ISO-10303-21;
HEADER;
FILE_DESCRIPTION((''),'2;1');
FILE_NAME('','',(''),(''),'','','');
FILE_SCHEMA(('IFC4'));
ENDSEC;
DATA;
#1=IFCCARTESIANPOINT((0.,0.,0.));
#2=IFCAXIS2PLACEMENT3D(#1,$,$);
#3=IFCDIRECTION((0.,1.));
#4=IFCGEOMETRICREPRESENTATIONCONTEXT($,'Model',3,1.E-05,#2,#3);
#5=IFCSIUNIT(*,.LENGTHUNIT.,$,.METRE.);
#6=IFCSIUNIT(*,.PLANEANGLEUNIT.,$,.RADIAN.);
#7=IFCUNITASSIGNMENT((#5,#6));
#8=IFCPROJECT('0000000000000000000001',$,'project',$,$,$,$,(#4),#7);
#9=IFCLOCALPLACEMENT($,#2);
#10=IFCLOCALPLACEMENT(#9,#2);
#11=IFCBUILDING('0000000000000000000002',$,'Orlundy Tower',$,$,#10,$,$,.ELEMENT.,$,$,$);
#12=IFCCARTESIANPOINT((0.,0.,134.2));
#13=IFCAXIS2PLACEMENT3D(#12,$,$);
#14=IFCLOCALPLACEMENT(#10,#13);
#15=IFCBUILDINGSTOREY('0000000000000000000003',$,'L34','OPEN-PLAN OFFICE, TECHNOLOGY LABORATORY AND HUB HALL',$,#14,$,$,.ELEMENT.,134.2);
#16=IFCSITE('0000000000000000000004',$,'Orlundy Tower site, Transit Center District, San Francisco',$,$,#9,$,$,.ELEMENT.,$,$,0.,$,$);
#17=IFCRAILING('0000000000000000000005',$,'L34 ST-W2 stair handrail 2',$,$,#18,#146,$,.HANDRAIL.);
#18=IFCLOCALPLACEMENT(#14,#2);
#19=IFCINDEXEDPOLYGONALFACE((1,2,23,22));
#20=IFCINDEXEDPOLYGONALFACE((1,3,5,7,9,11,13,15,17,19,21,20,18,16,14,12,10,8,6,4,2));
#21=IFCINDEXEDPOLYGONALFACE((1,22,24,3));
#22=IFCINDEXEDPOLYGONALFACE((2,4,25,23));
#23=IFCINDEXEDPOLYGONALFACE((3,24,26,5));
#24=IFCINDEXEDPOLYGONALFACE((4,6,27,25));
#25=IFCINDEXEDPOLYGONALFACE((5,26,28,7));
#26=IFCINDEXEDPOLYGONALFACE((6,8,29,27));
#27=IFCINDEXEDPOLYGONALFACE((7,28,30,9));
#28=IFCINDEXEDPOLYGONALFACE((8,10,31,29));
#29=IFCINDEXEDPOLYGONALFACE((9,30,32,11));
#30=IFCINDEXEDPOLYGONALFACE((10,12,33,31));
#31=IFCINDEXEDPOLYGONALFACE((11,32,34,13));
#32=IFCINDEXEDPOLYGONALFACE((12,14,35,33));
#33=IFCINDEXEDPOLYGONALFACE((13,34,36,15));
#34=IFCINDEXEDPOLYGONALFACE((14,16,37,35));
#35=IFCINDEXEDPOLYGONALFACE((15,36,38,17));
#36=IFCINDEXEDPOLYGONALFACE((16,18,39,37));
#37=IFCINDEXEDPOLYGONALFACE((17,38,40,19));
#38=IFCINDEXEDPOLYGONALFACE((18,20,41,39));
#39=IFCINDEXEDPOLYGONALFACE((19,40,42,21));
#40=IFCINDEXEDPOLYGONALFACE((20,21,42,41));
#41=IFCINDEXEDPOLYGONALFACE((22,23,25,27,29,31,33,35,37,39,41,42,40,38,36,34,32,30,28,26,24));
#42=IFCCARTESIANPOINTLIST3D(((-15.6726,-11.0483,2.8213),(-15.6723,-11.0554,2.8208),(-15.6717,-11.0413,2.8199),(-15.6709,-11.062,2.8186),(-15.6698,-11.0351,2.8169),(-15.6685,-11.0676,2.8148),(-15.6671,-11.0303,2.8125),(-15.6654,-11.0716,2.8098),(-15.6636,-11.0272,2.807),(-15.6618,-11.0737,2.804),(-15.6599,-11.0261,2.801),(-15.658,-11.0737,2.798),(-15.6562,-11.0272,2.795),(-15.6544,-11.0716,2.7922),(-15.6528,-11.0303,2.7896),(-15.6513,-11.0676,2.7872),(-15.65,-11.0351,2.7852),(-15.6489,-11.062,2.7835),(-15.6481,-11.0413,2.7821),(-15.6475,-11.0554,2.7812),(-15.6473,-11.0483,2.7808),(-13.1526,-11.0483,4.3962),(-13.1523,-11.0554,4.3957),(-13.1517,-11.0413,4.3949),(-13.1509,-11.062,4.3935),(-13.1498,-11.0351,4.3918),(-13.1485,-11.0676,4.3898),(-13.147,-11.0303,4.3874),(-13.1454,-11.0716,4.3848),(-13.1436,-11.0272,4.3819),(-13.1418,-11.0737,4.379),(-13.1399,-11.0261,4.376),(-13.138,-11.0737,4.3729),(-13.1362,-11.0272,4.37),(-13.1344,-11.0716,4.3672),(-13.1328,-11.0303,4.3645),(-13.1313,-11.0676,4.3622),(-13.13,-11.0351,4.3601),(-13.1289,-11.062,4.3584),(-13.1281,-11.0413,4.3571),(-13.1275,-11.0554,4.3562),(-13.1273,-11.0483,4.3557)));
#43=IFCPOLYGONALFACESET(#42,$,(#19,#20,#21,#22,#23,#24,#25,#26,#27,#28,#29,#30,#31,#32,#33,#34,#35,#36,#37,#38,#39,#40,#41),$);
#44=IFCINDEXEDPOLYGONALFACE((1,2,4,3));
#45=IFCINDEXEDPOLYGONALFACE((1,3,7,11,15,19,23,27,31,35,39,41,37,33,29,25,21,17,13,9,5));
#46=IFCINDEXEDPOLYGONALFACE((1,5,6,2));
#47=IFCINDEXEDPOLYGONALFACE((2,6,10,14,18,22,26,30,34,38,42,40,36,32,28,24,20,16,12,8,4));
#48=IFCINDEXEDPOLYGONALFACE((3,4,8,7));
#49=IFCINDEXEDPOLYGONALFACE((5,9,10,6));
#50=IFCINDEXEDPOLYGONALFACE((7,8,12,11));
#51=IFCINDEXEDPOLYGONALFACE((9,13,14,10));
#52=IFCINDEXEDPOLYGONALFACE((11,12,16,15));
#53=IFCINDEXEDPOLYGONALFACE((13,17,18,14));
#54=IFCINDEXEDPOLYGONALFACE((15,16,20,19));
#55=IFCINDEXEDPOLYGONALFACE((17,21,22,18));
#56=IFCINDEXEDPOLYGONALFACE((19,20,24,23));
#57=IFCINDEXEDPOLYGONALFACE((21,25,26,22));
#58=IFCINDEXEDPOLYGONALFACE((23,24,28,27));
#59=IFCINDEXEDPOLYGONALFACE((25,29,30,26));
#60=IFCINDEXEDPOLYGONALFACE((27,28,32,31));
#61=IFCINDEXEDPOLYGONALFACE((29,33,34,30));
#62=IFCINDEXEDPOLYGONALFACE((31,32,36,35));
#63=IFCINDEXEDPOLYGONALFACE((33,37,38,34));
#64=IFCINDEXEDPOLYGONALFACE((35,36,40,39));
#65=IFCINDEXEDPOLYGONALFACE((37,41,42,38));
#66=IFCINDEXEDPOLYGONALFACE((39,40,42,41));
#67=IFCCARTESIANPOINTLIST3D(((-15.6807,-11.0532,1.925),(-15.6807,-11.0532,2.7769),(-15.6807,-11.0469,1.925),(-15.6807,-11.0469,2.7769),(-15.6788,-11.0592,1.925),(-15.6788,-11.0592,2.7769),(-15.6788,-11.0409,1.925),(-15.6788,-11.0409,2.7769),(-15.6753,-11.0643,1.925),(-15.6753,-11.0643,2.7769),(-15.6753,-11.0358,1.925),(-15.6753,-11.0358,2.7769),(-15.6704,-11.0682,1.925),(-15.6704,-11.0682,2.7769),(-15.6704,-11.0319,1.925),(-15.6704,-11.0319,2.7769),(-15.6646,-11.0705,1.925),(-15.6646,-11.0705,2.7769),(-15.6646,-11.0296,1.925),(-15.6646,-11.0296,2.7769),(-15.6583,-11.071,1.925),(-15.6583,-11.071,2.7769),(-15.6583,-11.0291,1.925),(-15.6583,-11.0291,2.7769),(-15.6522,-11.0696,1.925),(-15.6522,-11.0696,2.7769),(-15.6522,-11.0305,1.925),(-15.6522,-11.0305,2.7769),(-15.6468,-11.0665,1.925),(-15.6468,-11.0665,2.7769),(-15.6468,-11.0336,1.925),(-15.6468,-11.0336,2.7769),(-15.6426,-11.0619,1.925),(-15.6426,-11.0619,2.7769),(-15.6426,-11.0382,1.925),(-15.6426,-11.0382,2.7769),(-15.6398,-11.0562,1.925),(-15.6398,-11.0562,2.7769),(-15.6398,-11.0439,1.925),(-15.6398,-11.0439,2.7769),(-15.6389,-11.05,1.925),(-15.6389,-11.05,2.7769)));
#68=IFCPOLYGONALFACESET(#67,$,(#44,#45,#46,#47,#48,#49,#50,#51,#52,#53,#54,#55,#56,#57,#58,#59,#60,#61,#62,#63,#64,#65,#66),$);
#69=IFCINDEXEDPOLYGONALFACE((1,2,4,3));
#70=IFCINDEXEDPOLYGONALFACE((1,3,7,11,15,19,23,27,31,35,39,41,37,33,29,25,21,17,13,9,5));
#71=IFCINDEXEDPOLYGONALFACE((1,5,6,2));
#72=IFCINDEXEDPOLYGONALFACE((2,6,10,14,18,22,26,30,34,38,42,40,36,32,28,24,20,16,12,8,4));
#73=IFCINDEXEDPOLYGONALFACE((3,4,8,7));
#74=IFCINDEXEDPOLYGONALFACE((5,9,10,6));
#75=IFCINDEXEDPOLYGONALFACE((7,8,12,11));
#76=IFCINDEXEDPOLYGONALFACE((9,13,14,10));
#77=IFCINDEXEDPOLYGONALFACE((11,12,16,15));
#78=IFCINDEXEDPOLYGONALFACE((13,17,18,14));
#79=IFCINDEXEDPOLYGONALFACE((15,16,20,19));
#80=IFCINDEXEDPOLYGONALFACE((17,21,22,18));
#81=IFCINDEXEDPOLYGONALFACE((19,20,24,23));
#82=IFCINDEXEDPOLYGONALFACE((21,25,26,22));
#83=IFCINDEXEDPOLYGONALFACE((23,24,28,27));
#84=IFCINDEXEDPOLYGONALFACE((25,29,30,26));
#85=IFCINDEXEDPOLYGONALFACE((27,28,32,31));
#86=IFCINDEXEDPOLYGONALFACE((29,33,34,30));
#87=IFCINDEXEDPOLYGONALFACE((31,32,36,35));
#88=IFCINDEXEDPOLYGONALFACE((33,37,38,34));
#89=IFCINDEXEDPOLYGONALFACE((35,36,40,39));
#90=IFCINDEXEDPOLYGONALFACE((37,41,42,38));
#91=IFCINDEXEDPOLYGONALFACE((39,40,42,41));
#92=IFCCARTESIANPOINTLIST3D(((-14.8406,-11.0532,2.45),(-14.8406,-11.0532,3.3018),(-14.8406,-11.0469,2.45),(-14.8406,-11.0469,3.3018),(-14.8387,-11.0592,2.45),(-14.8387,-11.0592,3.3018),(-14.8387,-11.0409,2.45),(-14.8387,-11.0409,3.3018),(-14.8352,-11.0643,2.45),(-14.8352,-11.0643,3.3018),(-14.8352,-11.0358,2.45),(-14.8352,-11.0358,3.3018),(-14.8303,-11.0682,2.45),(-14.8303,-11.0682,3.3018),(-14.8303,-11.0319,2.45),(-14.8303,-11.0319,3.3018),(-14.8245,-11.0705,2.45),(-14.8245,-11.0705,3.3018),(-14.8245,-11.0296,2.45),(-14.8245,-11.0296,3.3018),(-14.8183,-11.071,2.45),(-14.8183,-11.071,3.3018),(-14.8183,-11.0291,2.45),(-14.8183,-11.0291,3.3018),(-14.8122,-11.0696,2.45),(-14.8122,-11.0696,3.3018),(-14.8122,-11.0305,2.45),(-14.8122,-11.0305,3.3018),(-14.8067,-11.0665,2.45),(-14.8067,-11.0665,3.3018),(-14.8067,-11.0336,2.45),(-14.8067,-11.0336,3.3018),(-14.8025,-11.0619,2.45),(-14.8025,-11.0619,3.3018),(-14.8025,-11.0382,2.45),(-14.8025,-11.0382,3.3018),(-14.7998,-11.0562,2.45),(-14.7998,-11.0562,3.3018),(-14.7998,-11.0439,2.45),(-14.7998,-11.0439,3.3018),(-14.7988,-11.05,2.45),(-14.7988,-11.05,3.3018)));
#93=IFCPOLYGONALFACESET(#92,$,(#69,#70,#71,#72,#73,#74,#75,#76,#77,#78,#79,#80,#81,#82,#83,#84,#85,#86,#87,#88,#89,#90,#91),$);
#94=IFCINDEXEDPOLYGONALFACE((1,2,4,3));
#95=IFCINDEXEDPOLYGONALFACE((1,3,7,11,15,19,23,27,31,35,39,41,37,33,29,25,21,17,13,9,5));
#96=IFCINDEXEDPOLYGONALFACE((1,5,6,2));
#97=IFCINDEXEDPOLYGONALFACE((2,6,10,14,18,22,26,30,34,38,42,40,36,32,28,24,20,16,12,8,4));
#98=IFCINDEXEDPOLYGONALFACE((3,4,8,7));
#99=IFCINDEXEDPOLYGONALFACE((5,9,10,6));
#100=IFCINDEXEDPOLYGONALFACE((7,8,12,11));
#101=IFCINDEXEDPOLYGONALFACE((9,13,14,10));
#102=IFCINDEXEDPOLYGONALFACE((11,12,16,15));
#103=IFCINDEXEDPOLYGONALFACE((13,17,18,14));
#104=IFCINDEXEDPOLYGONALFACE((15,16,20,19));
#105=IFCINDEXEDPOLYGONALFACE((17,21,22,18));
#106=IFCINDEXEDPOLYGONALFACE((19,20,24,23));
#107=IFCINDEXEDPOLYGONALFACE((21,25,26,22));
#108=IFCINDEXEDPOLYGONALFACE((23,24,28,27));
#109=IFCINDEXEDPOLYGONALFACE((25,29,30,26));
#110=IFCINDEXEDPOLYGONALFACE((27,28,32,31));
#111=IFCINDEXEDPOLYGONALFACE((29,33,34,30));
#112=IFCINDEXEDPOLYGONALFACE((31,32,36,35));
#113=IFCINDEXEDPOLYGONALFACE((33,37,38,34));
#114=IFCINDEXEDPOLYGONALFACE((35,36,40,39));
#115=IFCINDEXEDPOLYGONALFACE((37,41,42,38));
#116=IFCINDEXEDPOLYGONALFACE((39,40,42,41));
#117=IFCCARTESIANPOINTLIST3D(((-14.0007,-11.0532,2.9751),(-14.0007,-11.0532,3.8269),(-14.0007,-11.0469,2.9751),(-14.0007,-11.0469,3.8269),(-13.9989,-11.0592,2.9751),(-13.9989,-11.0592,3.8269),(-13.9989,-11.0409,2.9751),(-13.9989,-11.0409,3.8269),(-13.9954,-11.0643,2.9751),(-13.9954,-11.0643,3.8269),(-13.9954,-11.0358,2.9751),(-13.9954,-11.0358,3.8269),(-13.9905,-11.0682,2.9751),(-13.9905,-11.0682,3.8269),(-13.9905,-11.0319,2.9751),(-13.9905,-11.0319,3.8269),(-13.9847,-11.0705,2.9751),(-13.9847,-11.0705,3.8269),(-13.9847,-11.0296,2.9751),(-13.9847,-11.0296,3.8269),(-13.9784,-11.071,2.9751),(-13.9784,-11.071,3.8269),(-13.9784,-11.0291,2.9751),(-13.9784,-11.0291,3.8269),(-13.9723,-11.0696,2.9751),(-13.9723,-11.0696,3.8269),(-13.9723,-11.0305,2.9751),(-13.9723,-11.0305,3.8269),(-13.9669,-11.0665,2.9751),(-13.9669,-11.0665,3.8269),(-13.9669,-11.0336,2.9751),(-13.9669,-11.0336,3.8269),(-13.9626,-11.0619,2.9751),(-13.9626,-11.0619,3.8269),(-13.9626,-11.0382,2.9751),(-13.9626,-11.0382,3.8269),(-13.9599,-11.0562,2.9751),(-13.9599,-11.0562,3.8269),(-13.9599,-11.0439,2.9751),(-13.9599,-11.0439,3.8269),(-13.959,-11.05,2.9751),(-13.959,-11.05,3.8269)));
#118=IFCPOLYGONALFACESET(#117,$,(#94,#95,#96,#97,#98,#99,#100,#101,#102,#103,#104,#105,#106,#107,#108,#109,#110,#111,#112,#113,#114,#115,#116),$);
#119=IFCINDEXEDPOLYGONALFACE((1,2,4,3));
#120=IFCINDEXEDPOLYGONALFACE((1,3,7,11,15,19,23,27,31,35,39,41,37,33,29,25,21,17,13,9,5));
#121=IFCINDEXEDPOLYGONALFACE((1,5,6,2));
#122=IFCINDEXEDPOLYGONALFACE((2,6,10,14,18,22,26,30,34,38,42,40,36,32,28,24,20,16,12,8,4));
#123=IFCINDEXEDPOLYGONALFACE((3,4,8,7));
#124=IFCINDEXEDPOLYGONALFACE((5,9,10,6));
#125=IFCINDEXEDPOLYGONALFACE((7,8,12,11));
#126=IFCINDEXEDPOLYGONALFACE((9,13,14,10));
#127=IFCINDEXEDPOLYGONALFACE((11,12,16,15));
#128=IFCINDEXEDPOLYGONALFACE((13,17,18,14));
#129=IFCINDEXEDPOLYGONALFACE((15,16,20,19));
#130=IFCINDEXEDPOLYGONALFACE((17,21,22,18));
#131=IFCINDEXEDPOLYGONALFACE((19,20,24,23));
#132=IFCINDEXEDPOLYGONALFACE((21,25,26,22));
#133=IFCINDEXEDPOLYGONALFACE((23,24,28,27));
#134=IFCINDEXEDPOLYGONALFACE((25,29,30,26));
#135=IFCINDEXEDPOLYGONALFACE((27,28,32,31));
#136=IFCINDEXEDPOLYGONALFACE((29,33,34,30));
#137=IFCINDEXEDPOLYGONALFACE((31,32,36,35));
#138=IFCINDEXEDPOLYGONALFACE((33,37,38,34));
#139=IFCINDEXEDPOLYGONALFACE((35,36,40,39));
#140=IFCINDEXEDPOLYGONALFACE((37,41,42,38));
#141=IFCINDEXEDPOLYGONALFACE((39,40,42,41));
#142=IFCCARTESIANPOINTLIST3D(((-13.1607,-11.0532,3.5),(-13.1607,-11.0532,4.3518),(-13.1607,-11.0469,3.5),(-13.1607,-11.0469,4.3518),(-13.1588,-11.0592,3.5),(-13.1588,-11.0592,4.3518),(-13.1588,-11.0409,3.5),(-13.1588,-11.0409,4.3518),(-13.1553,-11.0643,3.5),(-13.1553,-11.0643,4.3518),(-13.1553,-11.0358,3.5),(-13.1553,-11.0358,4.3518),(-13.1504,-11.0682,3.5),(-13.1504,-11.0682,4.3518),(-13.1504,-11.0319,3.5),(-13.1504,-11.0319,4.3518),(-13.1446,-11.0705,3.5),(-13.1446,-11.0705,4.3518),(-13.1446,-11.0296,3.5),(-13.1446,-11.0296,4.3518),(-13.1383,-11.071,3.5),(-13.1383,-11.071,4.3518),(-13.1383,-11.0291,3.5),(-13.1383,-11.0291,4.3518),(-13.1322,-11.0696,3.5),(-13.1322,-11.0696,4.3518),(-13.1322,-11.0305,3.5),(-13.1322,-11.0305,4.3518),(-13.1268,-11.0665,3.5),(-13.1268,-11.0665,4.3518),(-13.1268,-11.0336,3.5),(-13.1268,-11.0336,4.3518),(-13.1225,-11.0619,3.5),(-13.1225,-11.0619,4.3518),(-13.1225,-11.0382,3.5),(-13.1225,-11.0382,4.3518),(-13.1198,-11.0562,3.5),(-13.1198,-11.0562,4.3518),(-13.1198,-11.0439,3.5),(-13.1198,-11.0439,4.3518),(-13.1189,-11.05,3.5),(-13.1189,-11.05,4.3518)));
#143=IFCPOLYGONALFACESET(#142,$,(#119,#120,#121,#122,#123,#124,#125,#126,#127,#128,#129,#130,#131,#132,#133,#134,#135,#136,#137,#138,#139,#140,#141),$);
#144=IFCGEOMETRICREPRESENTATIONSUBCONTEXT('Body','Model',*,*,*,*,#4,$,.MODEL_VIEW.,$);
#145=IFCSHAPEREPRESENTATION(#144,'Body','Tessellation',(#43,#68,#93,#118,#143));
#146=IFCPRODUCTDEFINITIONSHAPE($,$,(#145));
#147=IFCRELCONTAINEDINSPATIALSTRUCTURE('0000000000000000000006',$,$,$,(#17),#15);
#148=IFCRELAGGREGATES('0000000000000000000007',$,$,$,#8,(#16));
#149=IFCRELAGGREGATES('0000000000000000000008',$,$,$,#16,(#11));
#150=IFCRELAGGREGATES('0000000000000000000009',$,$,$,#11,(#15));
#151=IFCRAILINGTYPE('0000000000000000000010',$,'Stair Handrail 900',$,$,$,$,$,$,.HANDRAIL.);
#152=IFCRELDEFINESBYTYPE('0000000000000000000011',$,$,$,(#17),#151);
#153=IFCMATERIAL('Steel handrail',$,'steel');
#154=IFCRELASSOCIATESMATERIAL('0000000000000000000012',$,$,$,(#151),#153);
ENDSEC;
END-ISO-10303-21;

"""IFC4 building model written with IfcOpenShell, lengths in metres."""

from ifc_helpers import new_model, si_unit, direction, frame, origin, origin_2d, place, context, subcontext, project, spatial, circle, extrude, material, type_object, element, save


model = new_model("IFC4")

# Units and contexts
model_context = context("Model", 3, precision=1e-05, world=origin(), true_north=direction((0.0, 1.0)))
body_context = subcontext(model_context, "Body", "Model", "MODEL_VIEW")
ifc_project = project(units=[si_unit("LENGTHUNIT", "METRE"), si_unit("PLANEANGLEUNIT", "RADIAN")], contexts=[model_context])

# Site, building, storey
site_placement = place(None, origin())
site = spatial("IfcSite", under=ifc_project, at=site_placement, Name="Orlundy Tower site, Transit Center District, San Francisco", CompositionType="ELEMENT", RefElevation=0.0)
building_placement = place(site_placement, origin())
building = spatial("IfcBuilding", under=site, at=building_placement, Name="Orlundy Tower", CompositionType="ELEMENT")
storey_placement = place(building_placement, frame((0.0, 0.0, 134.2)))
storey = spatial("IfcBuildingStorey", under=building, at=storey_placement, Name="L34", Description="OPEN-PLAN OFFICE, TECHNOLOGY LABORATORY AND HUB HALL", CompositionType="ELEMENT", Elevation=134.2)

# Railing
ifc_material_1 = material(Name="Steel handrail", Category="steel")
railing_type = type_object("IfcRailingType", Name="Stair Handrail 900", PredefinedType="HANDRAIL", material=ifc_material_1)
railing_placement = place(storey_placement, frame((-15.6599, -11.05, 1.925)))
element("IfcRailing", 1, at=railing_placement, inside=storey, type_object=railing_type, Name="L34 ST-W2 stair handrail 2", PredefinedType="HANDRAIL", context=body_context, shape_type="SweptSolid", body=[
    extrude(circle(Radius=0.0239, at=origin_2d()), frame((0.0, 0.0, 0.876), z_axis=(0.848008, 0.0, 0.529984), x_axis=(0.0, 1.0, 0.0)), (0.0, 0.0, 1.0), 2.9717),
    extrude(circle(Radius=0.021, at=origin_2d()), origin(), (0.0, 0.0, 1.0), 0.8518),
    extrude(circle(Radius=0.021, at=origin_2d()), frame((0.8401, 0.0, 0.5249)), (0.0, 0.0, 1.0), 0.8518),
    extrude(circle(Radius=0.021, at=origin_2d()), frame((1.6799, 0.0, 1.05)), (0.0, 0.0, 1.0), 0.8518),
    extrude(circle(Radius=0.021, at=origin_2d()), frame((2.52, 0.0, 1.575)), (0.0, 0.0, 1.0), 0.8518),
])

save(model, "model.ifc")
